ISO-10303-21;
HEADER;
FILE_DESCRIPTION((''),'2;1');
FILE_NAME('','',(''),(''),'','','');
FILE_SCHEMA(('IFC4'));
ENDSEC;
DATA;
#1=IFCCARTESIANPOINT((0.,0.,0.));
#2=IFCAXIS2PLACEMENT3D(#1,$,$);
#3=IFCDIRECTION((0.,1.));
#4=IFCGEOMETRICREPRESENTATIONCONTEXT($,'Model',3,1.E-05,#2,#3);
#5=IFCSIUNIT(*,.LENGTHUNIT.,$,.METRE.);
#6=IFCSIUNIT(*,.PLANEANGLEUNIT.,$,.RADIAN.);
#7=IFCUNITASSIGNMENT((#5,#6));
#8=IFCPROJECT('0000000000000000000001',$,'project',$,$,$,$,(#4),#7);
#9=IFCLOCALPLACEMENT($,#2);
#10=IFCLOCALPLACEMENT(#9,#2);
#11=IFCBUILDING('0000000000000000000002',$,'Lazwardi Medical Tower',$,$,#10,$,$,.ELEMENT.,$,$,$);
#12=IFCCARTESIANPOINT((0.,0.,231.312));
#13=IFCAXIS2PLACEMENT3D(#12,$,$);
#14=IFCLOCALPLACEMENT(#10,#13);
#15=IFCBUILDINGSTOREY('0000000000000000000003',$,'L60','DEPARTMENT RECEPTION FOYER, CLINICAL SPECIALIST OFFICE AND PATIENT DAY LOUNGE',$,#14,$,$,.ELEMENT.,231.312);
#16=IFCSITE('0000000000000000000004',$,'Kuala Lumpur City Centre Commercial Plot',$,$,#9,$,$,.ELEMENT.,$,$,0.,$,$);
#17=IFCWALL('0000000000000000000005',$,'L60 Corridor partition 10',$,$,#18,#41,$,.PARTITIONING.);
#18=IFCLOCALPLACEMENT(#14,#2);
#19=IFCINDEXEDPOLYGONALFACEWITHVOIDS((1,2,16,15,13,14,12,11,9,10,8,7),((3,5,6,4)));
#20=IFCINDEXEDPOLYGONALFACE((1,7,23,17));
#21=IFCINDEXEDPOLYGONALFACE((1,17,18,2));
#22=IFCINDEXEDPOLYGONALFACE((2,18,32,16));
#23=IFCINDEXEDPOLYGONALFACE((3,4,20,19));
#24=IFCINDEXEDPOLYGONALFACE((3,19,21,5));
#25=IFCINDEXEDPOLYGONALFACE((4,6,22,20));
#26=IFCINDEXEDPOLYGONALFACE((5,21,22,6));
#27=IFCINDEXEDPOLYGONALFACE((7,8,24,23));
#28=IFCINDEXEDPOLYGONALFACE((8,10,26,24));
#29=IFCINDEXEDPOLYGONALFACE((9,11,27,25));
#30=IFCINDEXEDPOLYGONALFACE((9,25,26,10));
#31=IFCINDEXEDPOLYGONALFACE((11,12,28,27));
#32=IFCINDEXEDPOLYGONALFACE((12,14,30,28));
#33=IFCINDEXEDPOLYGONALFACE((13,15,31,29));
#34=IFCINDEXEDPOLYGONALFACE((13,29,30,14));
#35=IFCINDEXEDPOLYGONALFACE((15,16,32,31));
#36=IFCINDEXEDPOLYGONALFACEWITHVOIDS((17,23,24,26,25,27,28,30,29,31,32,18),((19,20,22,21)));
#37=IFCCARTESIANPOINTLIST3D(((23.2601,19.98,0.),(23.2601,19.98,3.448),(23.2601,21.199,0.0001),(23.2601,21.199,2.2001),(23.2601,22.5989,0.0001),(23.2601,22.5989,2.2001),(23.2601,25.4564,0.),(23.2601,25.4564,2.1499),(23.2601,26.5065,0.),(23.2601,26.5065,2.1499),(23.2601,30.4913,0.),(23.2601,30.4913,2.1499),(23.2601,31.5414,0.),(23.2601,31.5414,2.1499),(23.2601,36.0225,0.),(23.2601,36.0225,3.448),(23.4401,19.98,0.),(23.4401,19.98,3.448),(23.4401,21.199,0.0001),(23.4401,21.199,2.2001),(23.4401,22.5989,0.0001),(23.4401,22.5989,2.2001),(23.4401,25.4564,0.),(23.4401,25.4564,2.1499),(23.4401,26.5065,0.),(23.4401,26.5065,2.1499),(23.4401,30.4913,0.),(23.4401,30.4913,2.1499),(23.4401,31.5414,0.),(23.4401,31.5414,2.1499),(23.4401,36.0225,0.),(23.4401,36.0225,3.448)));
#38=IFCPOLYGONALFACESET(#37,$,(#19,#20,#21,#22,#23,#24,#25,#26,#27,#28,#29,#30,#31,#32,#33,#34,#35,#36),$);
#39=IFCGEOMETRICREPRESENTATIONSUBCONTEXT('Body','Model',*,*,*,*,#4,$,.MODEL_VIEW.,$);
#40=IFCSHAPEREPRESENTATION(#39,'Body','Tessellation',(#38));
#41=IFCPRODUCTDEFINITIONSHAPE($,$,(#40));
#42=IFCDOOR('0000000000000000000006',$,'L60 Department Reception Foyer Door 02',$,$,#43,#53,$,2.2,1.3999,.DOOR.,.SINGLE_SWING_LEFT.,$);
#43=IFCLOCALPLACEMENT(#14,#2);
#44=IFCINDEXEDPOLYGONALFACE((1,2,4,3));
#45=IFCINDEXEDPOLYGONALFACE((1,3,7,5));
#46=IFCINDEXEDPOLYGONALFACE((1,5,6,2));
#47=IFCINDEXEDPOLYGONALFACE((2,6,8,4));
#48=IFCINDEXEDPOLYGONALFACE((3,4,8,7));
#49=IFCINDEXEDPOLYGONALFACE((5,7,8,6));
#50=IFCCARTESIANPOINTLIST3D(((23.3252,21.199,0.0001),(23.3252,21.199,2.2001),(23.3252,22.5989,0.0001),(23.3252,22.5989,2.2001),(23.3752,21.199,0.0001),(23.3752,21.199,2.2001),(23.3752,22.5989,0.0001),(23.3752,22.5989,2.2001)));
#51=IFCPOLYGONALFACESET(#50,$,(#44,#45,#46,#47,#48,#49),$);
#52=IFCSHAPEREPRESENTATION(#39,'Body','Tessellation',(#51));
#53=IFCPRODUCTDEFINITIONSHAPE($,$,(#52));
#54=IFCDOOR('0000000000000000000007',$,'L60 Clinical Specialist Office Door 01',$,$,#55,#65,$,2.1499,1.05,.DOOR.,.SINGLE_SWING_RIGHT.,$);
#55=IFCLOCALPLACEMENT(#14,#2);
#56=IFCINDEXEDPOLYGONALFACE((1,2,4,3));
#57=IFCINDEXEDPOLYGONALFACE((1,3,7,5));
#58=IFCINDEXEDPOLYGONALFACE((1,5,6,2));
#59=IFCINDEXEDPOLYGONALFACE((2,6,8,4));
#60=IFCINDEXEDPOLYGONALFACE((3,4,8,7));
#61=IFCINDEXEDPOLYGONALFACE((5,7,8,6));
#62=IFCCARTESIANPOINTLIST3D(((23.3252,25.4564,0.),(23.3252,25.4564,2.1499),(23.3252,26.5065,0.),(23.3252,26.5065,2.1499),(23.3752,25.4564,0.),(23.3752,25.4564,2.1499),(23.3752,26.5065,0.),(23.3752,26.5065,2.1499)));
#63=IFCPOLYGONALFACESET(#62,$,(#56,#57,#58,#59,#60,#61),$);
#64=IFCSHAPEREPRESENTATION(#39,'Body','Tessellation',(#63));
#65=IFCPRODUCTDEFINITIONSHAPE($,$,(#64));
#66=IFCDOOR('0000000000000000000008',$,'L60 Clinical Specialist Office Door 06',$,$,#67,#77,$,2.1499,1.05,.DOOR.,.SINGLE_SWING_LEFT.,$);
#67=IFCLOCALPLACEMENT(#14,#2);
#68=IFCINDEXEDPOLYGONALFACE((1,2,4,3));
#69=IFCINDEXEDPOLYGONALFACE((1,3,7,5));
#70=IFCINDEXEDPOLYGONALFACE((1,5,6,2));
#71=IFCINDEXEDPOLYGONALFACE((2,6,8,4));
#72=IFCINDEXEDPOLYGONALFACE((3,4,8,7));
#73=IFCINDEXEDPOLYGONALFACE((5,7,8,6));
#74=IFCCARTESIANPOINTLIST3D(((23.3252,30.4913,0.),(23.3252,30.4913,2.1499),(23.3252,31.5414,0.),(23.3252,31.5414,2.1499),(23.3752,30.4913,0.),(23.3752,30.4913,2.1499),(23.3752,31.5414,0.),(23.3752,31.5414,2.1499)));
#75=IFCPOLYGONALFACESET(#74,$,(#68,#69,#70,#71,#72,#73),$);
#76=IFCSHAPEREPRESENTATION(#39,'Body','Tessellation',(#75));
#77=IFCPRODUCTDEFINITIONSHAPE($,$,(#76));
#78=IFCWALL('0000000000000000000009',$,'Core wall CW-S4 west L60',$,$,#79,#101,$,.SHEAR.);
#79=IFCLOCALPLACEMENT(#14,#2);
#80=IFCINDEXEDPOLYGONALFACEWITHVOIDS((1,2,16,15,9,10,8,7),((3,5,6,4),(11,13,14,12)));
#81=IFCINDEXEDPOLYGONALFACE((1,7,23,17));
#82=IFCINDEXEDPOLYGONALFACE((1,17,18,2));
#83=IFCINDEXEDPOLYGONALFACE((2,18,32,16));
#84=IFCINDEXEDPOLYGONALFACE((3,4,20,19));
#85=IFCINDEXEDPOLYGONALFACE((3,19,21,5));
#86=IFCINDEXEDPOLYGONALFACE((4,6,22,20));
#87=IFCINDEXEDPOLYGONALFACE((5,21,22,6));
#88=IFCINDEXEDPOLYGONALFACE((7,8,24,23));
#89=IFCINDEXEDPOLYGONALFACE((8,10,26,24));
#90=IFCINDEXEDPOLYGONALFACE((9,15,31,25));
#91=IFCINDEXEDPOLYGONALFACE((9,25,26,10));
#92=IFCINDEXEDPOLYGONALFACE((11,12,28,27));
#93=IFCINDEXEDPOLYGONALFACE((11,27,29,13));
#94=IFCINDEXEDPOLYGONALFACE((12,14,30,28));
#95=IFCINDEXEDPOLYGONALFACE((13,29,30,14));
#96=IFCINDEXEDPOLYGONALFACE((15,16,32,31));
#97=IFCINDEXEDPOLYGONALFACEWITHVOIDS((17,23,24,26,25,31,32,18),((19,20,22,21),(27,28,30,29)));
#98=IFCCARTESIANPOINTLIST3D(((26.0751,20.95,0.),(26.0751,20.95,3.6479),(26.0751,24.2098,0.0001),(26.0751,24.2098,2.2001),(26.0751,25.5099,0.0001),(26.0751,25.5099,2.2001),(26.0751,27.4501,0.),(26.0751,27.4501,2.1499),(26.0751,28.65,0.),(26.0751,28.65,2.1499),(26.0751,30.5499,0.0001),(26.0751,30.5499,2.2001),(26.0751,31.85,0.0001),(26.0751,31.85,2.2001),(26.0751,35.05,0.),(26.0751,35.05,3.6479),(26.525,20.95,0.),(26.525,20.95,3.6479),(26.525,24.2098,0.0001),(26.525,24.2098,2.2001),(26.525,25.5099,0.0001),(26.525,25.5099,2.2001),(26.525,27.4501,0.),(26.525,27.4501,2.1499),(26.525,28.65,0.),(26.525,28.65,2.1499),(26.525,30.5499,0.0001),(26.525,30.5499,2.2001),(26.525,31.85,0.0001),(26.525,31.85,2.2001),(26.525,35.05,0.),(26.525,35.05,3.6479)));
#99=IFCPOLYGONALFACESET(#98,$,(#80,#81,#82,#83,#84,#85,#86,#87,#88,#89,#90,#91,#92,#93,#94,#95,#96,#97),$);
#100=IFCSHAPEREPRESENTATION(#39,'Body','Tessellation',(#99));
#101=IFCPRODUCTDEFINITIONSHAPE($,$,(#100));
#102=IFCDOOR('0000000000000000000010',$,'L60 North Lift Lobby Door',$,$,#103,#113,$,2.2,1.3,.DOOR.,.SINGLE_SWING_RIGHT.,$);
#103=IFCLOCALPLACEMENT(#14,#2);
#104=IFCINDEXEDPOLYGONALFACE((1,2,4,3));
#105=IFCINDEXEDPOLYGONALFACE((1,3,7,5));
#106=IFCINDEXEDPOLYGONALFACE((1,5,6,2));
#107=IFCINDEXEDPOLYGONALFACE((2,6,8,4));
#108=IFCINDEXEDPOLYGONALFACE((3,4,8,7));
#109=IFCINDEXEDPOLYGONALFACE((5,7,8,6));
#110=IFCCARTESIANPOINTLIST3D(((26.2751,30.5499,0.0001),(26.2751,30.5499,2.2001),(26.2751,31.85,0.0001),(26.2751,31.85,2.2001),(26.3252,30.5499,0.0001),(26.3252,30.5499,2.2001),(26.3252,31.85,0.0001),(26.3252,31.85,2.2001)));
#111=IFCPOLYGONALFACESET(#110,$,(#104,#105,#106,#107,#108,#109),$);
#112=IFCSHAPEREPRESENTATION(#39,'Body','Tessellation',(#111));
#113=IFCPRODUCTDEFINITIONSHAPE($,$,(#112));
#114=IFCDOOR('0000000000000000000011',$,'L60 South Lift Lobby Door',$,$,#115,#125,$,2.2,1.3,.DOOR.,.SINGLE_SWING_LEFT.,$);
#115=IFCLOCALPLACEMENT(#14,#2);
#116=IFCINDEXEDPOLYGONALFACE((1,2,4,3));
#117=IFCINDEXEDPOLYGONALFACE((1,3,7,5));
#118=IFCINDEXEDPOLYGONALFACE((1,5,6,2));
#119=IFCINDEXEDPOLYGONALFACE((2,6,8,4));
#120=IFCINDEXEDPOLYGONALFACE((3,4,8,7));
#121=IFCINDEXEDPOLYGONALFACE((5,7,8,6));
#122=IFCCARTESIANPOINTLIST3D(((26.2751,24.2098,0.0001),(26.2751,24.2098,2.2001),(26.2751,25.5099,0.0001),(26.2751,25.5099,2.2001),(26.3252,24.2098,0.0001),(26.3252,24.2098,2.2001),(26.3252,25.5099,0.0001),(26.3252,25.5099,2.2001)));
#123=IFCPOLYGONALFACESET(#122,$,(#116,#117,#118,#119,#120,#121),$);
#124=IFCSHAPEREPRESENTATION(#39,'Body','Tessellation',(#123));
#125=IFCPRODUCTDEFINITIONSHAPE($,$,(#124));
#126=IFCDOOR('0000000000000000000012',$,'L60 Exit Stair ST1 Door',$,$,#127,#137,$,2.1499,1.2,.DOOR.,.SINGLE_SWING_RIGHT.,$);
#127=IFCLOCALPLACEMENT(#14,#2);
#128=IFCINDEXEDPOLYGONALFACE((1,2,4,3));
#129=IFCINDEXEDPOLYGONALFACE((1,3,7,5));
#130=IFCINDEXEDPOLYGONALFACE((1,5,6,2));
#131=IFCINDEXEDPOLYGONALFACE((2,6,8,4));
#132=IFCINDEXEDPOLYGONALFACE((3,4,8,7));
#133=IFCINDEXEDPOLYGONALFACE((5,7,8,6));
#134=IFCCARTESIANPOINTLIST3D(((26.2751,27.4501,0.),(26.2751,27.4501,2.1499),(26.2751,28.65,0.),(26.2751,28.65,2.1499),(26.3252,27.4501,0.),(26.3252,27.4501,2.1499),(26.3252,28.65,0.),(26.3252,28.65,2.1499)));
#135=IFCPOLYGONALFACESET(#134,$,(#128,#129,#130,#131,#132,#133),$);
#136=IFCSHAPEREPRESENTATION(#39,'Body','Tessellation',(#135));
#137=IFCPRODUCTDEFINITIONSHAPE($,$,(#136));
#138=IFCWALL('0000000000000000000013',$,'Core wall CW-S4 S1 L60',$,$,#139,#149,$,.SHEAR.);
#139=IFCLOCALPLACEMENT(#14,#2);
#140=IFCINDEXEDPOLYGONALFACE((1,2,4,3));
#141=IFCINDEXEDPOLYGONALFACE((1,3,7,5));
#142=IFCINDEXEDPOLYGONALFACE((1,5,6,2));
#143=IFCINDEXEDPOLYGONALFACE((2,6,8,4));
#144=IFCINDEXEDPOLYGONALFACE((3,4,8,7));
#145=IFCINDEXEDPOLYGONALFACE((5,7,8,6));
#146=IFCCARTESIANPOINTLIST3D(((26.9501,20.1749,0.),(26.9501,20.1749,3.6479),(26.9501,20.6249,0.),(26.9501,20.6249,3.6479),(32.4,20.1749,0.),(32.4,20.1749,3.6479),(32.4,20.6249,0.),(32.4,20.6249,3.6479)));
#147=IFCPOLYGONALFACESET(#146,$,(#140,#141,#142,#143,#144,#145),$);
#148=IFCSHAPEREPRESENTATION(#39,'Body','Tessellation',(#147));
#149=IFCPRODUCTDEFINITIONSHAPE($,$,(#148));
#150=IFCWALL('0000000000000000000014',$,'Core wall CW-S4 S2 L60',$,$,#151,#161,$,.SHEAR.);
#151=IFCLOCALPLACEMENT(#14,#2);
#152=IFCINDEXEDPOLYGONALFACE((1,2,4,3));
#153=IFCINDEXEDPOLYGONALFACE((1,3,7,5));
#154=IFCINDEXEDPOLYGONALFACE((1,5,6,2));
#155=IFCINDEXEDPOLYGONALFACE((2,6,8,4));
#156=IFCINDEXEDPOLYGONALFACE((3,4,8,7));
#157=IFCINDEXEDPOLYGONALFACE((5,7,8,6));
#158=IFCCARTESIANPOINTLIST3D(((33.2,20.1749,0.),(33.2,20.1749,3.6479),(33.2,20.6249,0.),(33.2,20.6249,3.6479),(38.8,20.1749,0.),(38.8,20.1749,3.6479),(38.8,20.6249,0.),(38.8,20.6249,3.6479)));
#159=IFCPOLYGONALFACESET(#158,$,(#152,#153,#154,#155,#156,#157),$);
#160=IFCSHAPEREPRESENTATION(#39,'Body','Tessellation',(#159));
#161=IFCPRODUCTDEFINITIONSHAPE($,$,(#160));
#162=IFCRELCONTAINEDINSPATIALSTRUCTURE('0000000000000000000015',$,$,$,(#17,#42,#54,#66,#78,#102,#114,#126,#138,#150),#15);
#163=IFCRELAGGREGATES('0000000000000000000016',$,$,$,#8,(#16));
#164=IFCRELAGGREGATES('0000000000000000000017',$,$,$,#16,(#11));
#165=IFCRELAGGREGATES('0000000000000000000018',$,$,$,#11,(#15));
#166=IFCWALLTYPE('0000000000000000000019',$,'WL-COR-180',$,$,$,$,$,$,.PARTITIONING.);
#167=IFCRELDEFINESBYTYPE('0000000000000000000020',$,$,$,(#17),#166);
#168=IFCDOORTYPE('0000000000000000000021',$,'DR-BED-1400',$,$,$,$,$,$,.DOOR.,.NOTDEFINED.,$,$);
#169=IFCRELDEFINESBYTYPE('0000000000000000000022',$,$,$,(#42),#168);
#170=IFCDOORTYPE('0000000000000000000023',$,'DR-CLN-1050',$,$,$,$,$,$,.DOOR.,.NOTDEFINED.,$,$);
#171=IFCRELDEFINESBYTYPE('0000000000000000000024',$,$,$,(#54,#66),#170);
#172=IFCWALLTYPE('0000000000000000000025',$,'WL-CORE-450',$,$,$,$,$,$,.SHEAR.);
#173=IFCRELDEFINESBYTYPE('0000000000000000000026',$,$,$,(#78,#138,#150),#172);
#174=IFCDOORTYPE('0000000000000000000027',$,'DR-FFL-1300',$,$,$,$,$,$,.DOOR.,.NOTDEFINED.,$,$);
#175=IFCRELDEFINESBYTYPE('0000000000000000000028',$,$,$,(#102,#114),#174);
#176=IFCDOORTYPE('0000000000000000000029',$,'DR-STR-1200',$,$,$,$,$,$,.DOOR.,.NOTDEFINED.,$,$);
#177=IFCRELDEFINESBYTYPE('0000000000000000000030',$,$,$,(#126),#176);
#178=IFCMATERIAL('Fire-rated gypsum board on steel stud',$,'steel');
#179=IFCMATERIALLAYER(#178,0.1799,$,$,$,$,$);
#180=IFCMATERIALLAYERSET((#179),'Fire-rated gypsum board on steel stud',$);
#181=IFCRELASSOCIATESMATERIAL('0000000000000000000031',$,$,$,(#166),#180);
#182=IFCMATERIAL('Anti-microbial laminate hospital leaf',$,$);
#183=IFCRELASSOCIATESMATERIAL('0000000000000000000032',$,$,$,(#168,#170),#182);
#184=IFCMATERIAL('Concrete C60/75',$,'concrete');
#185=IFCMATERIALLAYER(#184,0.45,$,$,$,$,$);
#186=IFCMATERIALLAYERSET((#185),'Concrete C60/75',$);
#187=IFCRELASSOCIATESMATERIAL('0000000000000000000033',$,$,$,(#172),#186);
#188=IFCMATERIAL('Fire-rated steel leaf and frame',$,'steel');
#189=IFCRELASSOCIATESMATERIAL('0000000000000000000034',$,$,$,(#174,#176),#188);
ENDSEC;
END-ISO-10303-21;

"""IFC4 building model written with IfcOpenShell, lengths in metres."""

from ifc_helpers import new_model, si_unit, direction, frame, frame_2d, origin, place, context, subcontext, project, spatial, rectangle, extrude, material, layer, layer_set, type_object, element, fill, save


model = new_model("IFC4")

# Units and contexts
model_context = context("Model", 3, precision=1e-05, world=origin(), true_north=direction((0.0, 1.0)))
body_context = subcontext(model_context, "Body", "Model", "MODEL_VIEW")
ifc_project = project(units=[si_unit("LENGTHUNIT", "METRE"), si_unit("PLANEANGLEUNIT", "RADIAN")], contexts=[model_context])

# Site, building, storey
site_placement = place(None, origin())
site = spatial("IfcSite", under=ifc_project, at=site_placement, Name="Kuala Lumpur City Centre Commercial Plot", CompositionType="ELEMENT", RefElevation=0.0)
building_placement = place(site_placement, origin())
building = spatial("IfcBuilding", under=site, at=building_placement, Name="Lazwardi Medical Tower", CompositionType="ELEMENT")
storey_placement = place(building_placement, frame((0.0, 0.0, 231.312)))
storey = spatial("IfcBuildingStorey", under=building, at=storey_placement, Name="L60", Description="DEPARTMENT RECEPTION FOYER, CLINICAL SPECIALIST OFFICE AND PATIENT DAY LOUNGE", CompositionType="ELEMENT", Elevation=231.312)

# Shared definitions
ifc_material_1 = material(Name="Concrete C60/75", Category="concrete")

# Shared definitions
ifc_material_2 = material(Name="Fire-rated gypsum board on steel stud", Category="steel")
ifc_layer_1 = layer(ifc_material_2, 0.1799)
ifc_layer_set_1 = layer_set([ifc_layer_1], Name="Fire-rated gypsum board on steel stud")
wall_type_1 = type_object("IfcWallType", Name="WL-COR-180", PredefinedType="PARTITIONING", material=ifc_layer_set_1)

# Walls, openings, doors
wall_1_placement = place(storey_placement, frame((23.3501, 19.98, 0.0), z_axis=(0.0, 0.0, 1.0), x_axis=(0.0, 1.0, 0.0)))
wall_1 = element("IfcWall", 1, at=wall_1_placement, inside=storey, type_object=wall_type_1, Name="L60 Corridor partition 10", PredefinedType="PARTITIONING", context=body_context, shape_type="SweptSolid", body=[
    extrude(rectangle(XDim=16.0425, YDim=0.1799, at=frame_2d((8.0212, 0.0))), origin(), (0.0, 0.0, 1.0), 3.448),
])
opening_1_placement = place(wall_1_placement, frame((5.4766, 0.0, 0.0)))
opening_1 = element("IfcOpeningElement", 2, at=opening_1_placement, cuts=wall_1, PredefinedType="OPENING", context=body_context, shape_type="SweptSolid", body=[
    extrude(rectangle(XDim=1.05, YDim=2.1499, at=frame_2d((0.5249, 1.075))), frame((0.0, 0.0999, 0.0), z_axis=(0.0, -1.0, 0.0), x_axis=(1.0, 0.0, 0.0)), (0.0, 0.0, 1.0), 0.2),
])
opening_2_placement = place(wall_1_placement, frame((1.219, 0.0, 0.0)))
opening_2 = element("IfcOpeningElement", 3, at=opening_2_placement, cuts=wall_1, PredefinedType="OPENING", context=body_context, shape_type="SweptSolid", body=[
    extrude(rectangle(XDim=1.3999, YDim=2.2, at=frame_2d((0.7, 1.1001))), frame((0.0, 0.0999, 0.0), z_axis=(0.0, -1.0, 0.0), x_axis=(1.0, 0.0, 0.0)), (0.0, 0.0, 1.0), 0.2),
])
opening_3_placement = place(wall_1_placement, frame((10.5115, 0.0, 0.0)))
opening_3 = element("IfcOpeningElement", 4, at=opening_3_placement, cuts=wall_1, PredefinedType="OPENING", context=body_context, shape_type="SweptSolid", body=[
    extrude(rectangle(XDim=1.05, YDim=2.1499, at=frame_2d((0.5249, 1.075))), frame((0.0, 0.0999, 0.0), z_axis=(0.0, -1.0, 0.0), x_axis=(1.0, 0.0, 0.0)), (0.0, 0.0, 1.0), 0.2),
])
ifc_material_3 = material(Name="Anti-microbial laminate hospital leaf")
door_type_1 = type_object("IfcDoorType", Name="DR-BED-1400", OperationType="NOTDEFINED", PredefinedType="DOOR", material=ifc_material_3)
door_1_placement = place(opening_2_placement, origin())
door_1 = element("IfcDoor", 5, at=door_1_placement, inside=storey, type_object=door_type_1, Name="L60 Department Reception Foyer Door 02", OperationType="SINGLE_SWING_LEFT", OverallHeight=2.2, OverallWidth=1.3999, PredefinedType="DOOR", context=body_context, shape_type="SweptSolid", body=[
    extrude(rectangle(XDim=1.3999, YDim=2.2, at=frame_2d((0.7, 1.1001))), frame((0.0, 0.0249, 0.0), z_axis=(0.0, -1.0, 0.0), x_axis=(1.0, 0.0, 0.0)), (0.0, 0.0, 1.0), 0.05),
])
fill(opening_2, door_1)
door_type_2 = type_object("IfcDoorType", Name="DR-CLN-1050", OperationType="NOTDEFINED", PredefinedType="DOOR", material=ifc_material_3)
door_2_placement = place(opening_1_placement, origin())
door_2 = element("IfcDoor", 6, at=door_2_placement, inside=storey, type_object=door_type_2, Name="L60 Clinical Specialist Office Door 01", OperationType="SINGLE_SWING_RIGHT", OverallHeight=2.1499, OverallWidth=1.05, PredefinedType="DOOR", context=body_context, shape_type="SweptSolid", body=[
    extrude(rectangle(XDim=1.05, YDim=2.1499, at=frame_2d((0.5249, 1.075))), frame((0.0, 0.0249, 0.0), z_axis=(0.0, -1.0, 0.0), x_axis=(1.0, 0.0, 0.0)), (0.0, 0.0, 1.0), 0.05),
])
fill(opening_1, door_2)
door_3_placement = place(opening_3_placement, origin())
door_3 = element("IfcDoor", 7, at=door_3_placement, inside=storey, type_object=door_type_2, Name="L60 Clinical Specialist Office Door 06", OperationType="SINGLE_SWING_LEFT", OverallHeight=2.1499, OverallWidth=1.05, PredefinedType="DOOR", context=body_context, shape_type="SweptSolid", body=[
    extrude(rectangle(XDim=1.05, YDim=2.1499, at=frame_2d((0.5249, 1.075))), frame((0.0, 0.0249, 0.0), z_axis=(0.0, -1.0, 0.0), x_axis=(1.0, 0.0, 0.0)), (0.0, 0.0, 1.0), 0.05),
])
fill(opening_3, door_3)
ifc_layer_2 = layer(ifc_material_1, 0.45)
ifc_layer_set_2 = layer_set([ifc_layer_2], Name="Concrete C60/75")
wall_type_2 = type_object("IfcWallType", Name="WL-CORE-450", PredefinedType="SHEAR", material=ifc_layer_set_2)
wall_2_placement = place(storey_placement, frame((26.3, 20.95, 0.0), z_axis=(0.0, 0.0, 1.0), x_axis=(0.0, 1.0, 0.0)))
wall_2 = element("IfcWall", 8, at=wall_2_placement, inside=storey, type_object=wall_type_2, Name="Core wall CW-S4 west L60", PredefinedType="SHEAR", context=body_context, shape_type="SweptSolid", body=[
    extrude(rectangle(XDim=14.1001, YDim=0.45, at=frame_2d((7.05, 0.0))), origin(), (0.0, 0.0, 1.0), 3.6479),
])
opening_4_placement = place(wall_2_placement, frame((6.5, 0.0, 0.0)))
opening_4 = element("IfcOpeningElement", 9, at=opening_4_placement, cuts=wall_2, PredefinedType="OPENING", context=body_context, shape_type="SweptSolid", body=[
    extrude(rectangle(XDim=1.2, YDim=2.1499, at=frame_2d((0.6001, 1.075))), frame((0.0, 0.2349, 0.0), z_axis=(0.0, -1.0, 0.0), x_axis=(1.0, 0.0, 0.0)), (0.0, 0.0, 1.0), 0.47),
])
opening_5_placement = place(wall_2_placement, frame((9.6001, 0.0, 0.0)))
opening_5 = element("IfcOpeningElement", 10, at=opening_5_placement, cuts=wall_2, PredefinedType="OPENING", context=body_context, shape_type="SweptSolid", body=[
    extrude(rectangle(XDim=1.3, YDim=2.2, at=frame_2d((0.6499, 1.1001))), frame((0.0, 0.2349, 0.0), z_axis=(0.0, -1.0, 0.0), x_axis=(1.0, 0.0, 0.0)), (0.0, 0.0, 1.0), 0.47),
])
opening_6_placement = place(wall_2_placement, frame((3.26, 0.0, 0.0)))
opening_6 = element("IfcOpeningElement", 11, at=opening_6_placement, cuts=wall_2, PredefinedType="OPENING", context=body_context, shape_type="SweptSolid", body=[
    extrude(rectangle(XDim=1.3, YDim=2.2, at=frame_2d((0.6499, 1.1001))), frame((0.0, 0.2349, 0.0), z_axis=(0.0, -1.0, 0.0), x_axis=(1.0, 0.0, 0.0)), (0.0, 0.0, 1.0), 0.47),
])
ifc_material_4 = material(Name="Fire-rated steel leaf and frame", Category="steel")
door_type_3 = type_object("IfcDoorType", Name="DR-FFL-1300", OperationType="NOTDEFINED", PredefinedType="DOOR", material=ifc_material_4)
door_4_placement = place(opening_5_placement, origin())
door_4 = element("IfcDoor", 12, at=door_4_placement, inside=storey, type_object=door_type_3, Name="L60 North Lift Lobby Door", OperationType="SINGLE_SWING_RIGHT", OverallHeight=2.2, OverallWidth=1.3, PredefinedType="DOOR", context=body_context, shape_type="SweptSolid", body=[
    extrude(rectangle(XDim=1.3, YDim=2.2, at=frame_2d((0.6499, 1.1001))), frame((0.0, 0.0249, 0.0), z_axis=(0.0, -1.0, 0.0), x_axis=(1.0, 0.0, 0.0)), (0.0, 0.0, 1.0), 0.05),
])
fill(opening_5, door_4)
door_5_placement = place(opening_6_placement, origin())
door_5 = element("IfcDoor", 13, at=door_5_placement, inside=storey, type_object=door_type_3, Name="L60 South Lift Lobby Door", OperationType="SINGLE_SWING_LEFT", OverallHeight=2.2, OverallWidth=1.3, PredefinedType="DOOR", context=body_context, shape_type="SweptSolid", body=[
    extrude(rectangle(XDim=1.3, YDim=2.2, at=frame_2d((0.6499, 1.1001))), frame((0.0, 0.0249, 0.0), z_axis=(0.0, -1.0, 0.0), x_axis=(1.0, 0.0, 0.0)), (0.0, 0.0, 1.0), 0.05),
])
fill(opening_6, door_5)
door_type_4 = type_object("IfcDoorType", Name="DR-STR-1200", OperationType="NOTDEFINED", PredefinedType="DOOR", material=ifc_material_4)
door_6_placement = place(opening_4_placement, origin())
door_6 = element("IfcDoor", 14, at=door_6_placement, inside=storey, type_object=door_type_4, Name="L60 Exit Stair ST1 Door", OperationType="SINGLE_SWING_RIGHT", OverallHeight=2.1499, OverallWidth=1.2, PredefinedType="DOOR", context=body_context, shape_type="SweptSolid", body=[
    extrude(rectangle(XDim=1.2, YDim=2.1499, at=frame_2d((0.6001, 1.075))), frame((0.0, 0.0249, 0.0), z_axis=(0.0, -1.0, 0.0), x_axis=(1.0, 0.0, 0.0)), (0.0, 0.0, 1.0), 0.05),
])
fill(opening_4, door_6)

# Walls
wall_3_placement = place(storey_placement, frame((26.95, 20.3999, 0.0), z_axis=(0.0, 0.0, 1.0), x_axis=(1.0, 0.0, 0.0)))
element("IfcWall", 15, at=wall_3_placement, inside=storey, type_object=wall_type_2, Name="Core wall CW-S4 S1 L60", PredefinedType="SHEAR", context=body_context, shape_type="SweptSolid", body=[
    extrude(rectangle(XDim=5.45, YDim=0.45, at=frame_2d((2.7251, 0.0))), origin(), (0.0, 0.0, 1.0), 3.6479),
])
wall_4_placement = place(storey_placement, frame((33.2, 20.3999, 0.0), z_axis=(0.0, 0.0, 1.0), x_axis=(1.0, 0.0, 0.0)))
element("IfcWall", 16, at=wall_4_placement, inside=storey, type_object=wall_type_2, Name="Core wall CW-S4 S2 L60", PredefinedType="SHEAR", context=body_context, shape_type="SweptSolid", body=[
    extrude(rectangle(XDim=5.6001, YDim=0.45, at=frame_2d((2.8, 0.0))), origin(), (0.0, 0.0, 1.0), 3.6479),
])

save(model, "model.ifc")
